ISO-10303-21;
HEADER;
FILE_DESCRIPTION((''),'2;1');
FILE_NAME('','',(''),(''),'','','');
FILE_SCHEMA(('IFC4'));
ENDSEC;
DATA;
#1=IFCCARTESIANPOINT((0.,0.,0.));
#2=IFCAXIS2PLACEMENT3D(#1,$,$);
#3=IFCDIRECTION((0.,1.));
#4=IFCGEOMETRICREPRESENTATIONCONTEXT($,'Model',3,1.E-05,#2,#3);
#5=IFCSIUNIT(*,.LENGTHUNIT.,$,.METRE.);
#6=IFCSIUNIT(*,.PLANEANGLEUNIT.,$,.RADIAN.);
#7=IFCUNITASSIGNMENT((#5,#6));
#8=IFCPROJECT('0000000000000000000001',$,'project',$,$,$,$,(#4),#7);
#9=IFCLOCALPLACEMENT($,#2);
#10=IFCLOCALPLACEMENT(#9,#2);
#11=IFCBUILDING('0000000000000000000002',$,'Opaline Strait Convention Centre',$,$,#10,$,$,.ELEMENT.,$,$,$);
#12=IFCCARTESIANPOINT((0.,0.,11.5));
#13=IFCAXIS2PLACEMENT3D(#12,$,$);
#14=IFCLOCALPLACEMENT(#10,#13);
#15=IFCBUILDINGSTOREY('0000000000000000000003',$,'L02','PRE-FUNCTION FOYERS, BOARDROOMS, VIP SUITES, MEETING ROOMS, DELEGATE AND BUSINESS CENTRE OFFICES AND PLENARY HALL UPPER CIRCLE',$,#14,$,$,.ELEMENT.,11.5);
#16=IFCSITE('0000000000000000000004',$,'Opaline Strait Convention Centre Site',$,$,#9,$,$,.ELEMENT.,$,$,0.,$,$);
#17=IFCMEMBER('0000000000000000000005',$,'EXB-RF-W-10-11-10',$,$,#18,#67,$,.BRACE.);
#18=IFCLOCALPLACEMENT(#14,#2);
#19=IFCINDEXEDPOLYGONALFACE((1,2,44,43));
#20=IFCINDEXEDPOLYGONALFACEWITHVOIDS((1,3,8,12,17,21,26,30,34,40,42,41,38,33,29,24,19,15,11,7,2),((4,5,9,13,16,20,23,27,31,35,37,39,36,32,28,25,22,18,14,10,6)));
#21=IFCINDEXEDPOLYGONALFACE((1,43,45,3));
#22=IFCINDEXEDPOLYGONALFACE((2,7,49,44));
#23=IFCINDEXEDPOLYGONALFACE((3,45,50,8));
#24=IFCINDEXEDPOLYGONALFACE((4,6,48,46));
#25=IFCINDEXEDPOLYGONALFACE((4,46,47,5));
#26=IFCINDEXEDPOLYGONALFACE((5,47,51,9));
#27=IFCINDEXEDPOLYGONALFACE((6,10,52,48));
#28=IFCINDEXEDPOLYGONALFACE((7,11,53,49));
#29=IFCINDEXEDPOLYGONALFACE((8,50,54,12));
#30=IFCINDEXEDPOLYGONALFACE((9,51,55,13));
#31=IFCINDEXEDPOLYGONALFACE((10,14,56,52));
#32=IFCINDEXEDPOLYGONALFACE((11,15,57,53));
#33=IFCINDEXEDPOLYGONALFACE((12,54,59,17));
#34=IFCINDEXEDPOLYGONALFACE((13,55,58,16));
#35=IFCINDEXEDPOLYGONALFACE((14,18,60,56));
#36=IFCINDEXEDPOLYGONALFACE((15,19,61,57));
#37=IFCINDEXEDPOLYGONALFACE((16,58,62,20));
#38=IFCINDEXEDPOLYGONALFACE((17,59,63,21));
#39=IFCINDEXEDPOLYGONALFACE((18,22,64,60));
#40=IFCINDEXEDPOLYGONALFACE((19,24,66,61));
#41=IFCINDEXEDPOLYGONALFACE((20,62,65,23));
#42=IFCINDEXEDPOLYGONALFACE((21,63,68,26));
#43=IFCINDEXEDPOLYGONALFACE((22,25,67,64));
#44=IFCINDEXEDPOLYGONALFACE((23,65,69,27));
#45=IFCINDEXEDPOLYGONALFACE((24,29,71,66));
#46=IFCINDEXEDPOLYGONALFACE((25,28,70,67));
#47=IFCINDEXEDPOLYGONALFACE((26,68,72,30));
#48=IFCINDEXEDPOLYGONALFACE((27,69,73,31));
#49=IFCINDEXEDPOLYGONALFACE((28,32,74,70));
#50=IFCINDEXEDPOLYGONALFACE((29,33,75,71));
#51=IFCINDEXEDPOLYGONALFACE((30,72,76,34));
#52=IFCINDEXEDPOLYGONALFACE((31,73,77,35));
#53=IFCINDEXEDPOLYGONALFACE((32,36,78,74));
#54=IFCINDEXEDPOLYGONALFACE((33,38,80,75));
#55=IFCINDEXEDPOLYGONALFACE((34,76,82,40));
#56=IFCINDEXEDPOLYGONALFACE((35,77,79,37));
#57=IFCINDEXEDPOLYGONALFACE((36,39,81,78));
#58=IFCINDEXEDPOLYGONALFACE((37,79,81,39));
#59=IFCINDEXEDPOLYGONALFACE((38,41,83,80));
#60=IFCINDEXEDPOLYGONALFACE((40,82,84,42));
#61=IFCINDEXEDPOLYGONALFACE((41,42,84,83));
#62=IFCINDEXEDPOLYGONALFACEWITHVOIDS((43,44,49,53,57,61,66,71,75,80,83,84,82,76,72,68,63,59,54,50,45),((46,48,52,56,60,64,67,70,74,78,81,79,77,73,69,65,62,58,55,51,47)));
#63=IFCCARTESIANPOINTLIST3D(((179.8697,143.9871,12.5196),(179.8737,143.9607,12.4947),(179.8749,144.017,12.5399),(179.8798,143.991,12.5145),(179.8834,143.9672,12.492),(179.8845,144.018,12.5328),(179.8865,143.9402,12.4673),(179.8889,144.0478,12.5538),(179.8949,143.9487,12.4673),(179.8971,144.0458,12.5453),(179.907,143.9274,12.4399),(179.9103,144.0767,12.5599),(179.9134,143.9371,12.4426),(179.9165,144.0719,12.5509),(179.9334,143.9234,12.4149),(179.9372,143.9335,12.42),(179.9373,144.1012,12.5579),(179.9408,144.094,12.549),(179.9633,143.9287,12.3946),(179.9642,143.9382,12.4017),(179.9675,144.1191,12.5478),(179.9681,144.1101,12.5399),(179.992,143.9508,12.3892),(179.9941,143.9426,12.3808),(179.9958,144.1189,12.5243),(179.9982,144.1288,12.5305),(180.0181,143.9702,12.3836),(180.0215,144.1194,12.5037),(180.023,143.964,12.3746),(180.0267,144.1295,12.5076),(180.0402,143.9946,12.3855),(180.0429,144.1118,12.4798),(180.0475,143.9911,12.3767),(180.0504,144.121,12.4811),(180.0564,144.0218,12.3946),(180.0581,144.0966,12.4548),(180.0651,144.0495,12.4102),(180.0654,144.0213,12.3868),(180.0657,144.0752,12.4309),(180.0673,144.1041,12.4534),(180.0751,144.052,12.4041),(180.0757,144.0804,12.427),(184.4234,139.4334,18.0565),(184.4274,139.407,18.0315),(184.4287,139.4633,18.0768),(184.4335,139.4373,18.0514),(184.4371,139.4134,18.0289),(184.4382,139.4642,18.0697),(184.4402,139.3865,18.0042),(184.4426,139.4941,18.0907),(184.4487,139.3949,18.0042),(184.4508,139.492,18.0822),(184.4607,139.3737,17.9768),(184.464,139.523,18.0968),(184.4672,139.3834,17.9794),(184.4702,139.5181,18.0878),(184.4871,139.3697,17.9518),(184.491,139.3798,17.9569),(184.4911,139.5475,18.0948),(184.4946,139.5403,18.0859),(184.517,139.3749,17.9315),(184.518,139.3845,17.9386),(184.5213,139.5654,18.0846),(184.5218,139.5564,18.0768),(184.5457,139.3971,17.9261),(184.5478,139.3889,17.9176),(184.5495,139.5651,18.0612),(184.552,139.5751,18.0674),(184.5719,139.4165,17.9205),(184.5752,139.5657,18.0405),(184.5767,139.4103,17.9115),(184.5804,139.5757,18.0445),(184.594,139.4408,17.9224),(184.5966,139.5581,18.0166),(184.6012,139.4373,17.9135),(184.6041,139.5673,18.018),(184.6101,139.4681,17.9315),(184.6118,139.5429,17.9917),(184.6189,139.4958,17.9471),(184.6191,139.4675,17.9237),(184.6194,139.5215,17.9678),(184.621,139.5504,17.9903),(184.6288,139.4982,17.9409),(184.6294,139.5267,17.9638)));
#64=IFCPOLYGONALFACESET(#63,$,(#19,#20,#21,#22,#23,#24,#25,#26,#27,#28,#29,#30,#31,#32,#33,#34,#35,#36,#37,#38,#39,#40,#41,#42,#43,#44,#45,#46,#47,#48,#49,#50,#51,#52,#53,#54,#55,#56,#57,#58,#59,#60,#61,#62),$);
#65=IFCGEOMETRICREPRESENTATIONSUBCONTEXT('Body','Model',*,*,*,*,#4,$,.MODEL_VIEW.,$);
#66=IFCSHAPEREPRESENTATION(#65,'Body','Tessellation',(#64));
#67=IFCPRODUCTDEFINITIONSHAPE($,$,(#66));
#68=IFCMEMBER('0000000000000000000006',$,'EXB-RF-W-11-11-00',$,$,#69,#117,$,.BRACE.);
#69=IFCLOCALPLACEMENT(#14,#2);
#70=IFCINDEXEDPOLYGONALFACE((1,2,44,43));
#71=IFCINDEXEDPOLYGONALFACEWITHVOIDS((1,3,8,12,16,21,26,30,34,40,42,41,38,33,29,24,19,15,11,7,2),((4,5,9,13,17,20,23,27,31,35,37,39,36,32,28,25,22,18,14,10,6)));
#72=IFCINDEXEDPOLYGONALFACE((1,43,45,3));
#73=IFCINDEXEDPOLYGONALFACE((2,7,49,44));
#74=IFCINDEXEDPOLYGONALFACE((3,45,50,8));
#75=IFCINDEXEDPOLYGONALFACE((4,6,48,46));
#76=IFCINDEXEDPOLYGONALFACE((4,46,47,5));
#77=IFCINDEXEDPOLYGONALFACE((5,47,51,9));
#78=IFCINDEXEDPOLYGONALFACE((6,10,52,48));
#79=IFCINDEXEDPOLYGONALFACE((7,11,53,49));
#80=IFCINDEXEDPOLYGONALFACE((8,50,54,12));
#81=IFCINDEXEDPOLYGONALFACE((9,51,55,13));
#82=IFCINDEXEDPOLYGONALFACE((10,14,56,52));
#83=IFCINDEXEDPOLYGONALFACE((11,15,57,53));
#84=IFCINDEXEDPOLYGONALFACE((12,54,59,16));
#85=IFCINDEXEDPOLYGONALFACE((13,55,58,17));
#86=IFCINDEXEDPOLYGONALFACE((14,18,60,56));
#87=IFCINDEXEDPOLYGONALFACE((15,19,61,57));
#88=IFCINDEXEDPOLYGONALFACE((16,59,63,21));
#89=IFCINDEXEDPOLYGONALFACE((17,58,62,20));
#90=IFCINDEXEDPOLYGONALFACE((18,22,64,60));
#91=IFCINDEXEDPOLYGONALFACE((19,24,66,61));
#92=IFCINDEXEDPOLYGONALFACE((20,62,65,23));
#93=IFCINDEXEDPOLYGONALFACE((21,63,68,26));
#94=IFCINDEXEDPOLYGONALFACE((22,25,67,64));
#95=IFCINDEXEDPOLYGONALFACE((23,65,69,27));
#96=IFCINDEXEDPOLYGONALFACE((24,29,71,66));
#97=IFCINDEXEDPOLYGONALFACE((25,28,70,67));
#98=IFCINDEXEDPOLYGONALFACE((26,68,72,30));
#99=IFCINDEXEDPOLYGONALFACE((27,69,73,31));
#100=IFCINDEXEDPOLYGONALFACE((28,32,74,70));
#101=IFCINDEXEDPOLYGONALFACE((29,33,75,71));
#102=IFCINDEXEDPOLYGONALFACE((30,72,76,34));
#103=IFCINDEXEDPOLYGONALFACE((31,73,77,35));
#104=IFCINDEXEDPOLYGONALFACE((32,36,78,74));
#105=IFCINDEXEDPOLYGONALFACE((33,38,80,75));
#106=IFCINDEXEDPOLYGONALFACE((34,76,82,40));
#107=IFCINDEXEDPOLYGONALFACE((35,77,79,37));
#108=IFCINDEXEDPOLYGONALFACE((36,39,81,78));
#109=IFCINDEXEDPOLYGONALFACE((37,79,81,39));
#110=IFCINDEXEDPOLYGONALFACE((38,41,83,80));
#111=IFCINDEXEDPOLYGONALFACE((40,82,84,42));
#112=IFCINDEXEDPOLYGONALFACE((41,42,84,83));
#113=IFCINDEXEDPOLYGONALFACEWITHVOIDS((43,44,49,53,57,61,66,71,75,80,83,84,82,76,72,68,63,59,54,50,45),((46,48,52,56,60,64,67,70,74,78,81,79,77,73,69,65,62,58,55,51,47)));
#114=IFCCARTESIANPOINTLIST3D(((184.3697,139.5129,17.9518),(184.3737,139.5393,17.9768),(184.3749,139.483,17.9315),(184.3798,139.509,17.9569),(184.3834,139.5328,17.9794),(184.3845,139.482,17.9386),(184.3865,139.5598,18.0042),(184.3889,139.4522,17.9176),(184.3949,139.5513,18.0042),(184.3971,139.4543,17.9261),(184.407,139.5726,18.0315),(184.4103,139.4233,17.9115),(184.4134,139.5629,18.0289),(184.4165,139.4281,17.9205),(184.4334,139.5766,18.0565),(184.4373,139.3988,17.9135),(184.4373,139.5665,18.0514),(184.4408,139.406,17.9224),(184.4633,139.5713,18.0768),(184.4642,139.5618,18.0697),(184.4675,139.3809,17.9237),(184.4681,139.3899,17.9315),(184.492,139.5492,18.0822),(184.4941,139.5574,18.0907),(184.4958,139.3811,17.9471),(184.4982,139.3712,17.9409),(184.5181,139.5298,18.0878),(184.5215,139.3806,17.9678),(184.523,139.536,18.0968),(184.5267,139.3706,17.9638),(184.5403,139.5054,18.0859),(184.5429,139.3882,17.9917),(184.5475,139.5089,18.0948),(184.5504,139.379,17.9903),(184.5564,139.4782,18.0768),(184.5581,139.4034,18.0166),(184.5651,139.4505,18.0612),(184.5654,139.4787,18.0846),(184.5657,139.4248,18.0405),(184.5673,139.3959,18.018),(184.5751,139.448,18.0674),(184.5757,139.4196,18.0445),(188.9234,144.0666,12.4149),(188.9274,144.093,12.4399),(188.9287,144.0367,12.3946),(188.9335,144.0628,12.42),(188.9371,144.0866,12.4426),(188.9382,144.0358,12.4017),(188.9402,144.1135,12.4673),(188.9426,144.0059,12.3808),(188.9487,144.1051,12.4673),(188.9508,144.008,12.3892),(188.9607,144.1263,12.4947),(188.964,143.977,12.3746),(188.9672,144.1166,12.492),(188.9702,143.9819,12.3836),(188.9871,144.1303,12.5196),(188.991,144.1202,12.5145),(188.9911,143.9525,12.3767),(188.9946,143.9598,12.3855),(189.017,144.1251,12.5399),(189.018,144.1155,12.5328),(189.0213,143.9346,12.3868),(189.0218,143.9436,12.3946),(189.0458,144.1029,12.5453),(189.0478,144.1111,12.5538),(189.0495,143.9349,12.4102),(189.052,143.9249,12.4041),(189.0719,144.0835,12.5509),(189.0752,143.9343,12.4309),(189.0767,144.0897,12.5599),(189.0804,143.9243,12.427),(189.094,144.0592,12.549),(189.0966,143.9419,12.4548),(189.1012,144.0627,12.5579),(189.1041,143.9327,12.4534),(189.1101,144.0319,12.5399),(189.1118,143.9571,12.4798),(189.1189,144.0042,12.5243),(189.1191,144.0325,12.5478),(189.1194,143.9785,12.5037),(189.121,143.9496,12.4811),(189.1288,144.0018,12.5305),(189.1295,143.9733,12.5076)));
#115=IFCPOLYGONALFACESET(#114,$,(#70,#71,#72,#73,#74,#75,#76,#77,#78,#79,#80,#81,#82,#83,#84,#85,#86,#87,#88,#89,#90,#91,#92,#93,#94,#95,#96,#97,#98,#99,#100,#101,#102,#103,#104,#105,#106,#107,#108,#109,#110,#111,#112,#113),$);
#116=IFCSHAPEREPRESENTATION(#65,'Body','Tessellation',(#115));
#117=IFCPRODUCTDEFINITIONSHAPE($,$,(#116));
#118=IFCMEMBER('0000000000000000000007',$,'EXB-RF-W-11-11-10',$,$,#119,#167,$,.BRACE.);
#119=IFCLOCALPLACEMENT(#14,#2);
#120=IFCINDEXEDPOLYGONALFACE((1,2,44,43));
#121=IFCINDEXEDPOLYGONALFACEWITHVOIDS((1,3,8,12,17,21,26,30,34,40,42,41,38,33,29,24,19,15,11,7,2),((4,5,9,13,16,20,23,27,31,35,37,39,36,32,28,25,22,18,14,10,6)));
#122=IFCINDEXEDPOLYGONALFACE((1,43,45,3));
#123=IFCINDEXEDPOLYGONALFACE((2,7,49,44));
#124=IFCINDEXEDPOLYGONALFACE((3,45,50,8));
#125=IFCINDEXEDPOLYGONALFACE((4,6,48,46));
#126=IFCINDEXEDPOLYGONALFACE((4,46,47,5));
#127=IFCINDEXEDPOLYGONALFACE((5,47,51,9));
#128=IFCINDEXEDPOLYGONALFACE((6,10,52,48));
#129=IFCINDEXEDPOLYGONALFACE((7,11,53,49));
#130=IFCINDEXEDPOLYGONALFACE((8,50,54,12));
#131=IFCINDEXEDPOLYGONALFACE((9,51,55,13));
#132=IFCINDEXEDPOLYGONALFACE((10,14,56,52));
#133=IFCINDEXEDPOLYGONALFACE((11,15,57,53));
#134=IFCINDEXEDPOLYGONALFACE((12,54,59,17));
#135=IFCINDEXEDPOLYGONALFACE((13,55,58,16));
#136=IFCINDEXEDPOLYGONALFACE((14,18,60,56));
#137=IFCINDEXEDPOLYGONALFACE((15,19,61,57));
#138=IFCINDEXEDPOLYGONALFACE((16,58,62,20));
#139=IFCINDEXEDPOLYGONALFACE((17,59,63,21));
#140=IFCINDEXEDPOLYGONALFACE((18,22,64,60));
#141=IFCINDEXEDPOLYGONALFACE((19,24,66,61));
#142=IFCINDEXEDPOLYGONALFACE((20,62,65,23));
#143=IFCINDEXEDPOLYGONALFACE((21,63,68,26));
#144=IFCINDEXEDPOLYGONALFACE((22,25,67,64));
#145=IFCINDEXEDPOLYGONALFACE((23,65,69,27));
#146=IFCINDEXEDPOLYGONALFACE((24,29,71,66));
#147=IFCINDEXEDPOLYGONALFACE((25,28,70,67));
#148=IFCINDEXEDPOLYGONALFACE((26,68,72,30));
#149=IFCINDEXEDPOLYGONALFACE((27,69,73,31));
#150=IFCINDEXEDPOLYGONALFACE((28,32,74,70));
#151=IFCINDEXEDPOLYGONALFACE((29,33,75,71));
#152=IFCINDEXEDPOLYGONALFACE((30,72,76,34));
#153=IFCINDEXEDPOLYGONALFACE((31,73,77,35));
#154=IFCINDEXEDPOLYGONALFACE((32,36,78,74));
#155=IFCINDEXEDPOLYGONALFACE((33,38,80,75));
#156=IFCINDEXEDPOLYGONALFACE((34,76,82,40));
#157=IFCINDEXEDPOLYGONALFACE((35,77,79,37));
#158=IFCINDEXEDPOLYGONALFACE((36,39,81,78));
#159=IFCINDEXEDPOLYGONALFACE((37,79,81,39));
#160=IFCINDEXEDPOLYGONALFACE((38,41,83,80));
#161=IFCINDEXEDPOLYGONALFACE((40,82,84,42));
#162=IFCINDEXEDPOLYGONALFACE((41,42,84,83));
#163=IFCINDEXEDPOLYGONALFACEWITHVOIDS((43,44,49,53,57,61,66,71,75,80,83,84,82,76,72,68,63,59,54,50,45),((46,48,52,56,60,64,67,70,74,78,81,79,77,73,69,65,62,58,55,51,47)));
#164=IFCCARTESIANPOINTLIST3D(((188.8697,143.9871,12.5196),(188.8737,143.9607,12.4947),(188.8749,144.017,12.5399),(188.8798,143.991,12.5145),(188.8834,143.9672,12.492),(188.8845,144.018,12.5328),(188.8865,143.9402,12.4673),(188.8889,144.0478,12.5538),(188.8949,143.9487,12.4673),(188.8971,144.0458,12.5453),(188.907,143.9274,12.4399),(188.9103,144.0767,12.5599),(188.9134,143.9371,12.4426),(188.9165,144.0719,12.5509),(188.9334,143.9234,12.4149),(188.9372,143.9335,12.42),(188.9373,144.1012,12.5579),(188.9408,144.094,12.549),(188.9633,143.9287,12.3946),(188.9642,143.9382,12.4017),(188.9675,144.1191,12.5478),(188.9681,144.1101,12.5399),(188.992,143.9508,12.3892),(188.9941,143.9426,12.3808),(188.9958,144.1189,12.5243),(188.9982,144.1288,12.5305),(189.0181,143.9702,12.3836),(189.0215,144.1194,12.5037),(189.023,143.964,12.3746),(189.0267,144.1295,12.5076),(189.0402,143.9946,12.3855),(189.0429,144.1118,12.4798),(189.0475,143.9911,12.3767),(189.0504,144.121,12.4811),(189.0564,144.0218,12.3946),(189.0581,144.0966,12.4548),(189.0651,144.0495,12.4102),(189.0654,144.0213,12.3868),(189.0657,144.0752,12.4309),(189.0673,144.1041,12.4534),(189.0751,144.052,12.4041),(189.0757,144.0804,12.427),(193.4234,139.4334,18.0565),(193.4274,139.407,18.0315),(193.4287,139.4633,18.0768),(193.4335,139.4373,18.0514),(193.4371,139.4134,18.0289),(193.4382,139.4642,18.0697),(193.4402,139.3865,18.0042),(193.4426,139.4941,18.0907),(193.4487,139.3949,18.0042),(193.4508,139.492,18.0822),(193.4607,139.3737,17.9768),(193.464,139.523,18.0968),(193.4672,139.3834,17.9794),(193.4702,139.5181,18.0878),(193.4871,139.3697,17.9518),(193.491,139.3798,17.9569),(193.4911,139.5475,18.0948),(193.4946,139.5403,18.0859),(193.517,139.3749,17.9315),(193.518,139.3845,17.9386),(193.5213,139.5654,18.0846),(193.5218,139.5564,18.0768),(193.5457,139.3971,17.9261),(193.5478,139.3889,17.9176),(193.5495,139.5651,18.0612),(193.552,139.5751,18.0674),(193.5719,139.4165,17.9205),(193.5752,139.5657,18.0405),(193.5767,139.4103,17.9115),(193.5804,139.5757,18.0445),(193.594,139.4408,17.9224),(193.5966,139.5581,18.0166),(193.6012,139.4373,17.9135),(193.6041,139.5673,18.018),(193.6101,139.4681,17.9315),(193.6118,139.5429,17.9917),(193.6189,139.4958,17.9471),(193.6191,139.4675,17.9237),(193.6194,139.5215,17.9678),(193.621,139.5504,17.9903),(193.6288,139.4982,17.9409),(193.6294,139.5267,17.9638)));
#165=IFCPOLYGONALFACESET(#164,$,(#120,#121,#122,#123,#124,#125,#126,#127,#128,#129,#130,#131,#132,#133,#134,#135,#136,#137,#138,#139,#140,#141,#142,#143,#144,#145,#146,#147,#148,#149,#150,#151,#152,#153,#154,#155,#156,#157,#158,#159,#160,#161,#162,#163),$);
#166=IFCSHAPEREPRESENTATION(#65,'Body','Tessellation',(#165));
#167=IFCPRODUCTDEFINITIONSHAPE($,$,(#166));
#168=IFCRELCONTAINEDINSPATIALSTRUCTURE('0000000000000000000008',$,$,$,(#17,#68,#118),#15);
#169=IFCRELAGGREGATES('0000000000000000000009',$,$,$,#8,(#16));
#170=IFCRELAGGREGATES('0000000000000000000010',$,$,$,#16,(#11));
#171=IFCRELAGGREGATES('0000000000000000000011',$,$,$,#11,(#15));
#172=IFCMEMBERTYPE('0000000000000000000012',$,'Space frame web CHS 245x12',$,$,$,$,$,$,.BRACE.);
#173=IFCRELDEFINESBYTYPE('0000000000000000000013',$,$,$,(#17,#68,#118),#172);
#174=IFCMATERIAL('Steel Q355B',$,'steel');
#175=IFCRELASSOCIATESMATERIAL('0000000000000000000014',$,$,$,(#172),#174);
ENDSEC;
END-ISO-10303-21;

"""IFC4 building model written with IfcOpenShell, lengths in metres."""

from ifc_helpers import new_model, si_unit, direction, frame, origin, origin_2d, place, context, subcontext, project, spatial, hollow_circle, extrude, material, material_profile, profile_set, type_object, element, save


model = new_model("IFC4")

# Units and contexts
model_context = context("Model", 3, precision=1e-05, world=origin(), true_north=direction((0.0, 1.0)))
body_context = subcontext(model_context, "Body", "Model", "MODEL_VIEW")
ifc_project = project(units=[si_unit("LENGTHUNIT", "METRE"), si_unit("PLANEANGLEUNIT", "RADIAN")], contexts=[model_context])

# Site, building, storey
site_placement = place(None, origin())
site = spatial("IfcSite", under=ifc_project, at=site_placement, Name="Opaline Strait Convention Centre Site", CompositionType="ELEMENT", RefElevation=0.0)
building_placement = place(site_placement, origin())
building = spatial("IfcBuilding", under=site, at=building_placement, Name="Opaline Strait Convention Centre", CompositionType="ELEMENT")
storey_placement = place(building_placement, frame((0.0, 0.0, 11.5)))
storey = spatial("IfcBuildingStorey", under=building, at=storey_placement, Name="L02", Description="PRE-FUNCTION FOYERS, BOARDROOMS, VIP SUITES, MEETING ROOMS, DELEGATE AND BUSINESS CENTRE OFFICES AND PLENARY HALL UPPER CIRCLE", CompositionType="ELEMENT", Elevation=11.5)

# Members
ifc_material_1 = material(Name="Steel Q355B", Category="steel")
ifc_material_profile_1 = material_profile(ifc_material_1, hollow_circle(Radius=0.1226, WallThickness=0.012, at=origin_2d()), Name="CHS 245x12")
ifc_profile_set_1 = profile_set([ifc_material_profile_1], Name="Steel Q355B")
member_type_1 = type_object("IfcMemberType", Name="Space frame web CHS 245x12", PredefinedType="BRACE", material=ifc_profile_set_1)
for number, where, z_axis, x_axis, name in (
    (1, (184.5269, 139.4731, 18.0042), (-0.536178, 0.536178, -0.65194), (-0.707107, -0.707107, 0.0), "EXB-RF-W-10-11-10"),
    (2, (184.4731, 139.4731, 18.0042), (0.536178, 0.536178, -0.65194), (-0.707107, 0.707107, 0.0), "EXB-RF-W-11-11-00"),
    (3, (193.5269, 139.4731, 18.0042), (-0.536178, 0.536178, -0.65194), (-0.707107, -0.707107, 0.0), "EXB-RF-W-11-11-10"),
):
    element("IfcMember", number, at=place(storey_placement, frame(where, z_axis=z_axis, x_axis=x_axis)), inside=storey, type_object=member_type_1, Name=name, PredefinedType="BRACE", context=body_context, shape_type="SweptSolid", body=[
        extrude(hollow_circle(Radius=0.1226, WallThickness=0.012, at=origin_2d()), origin(), (0.0, 0.0, 1.0), 8.4929),
    ])

save(model, "model.ifc")
